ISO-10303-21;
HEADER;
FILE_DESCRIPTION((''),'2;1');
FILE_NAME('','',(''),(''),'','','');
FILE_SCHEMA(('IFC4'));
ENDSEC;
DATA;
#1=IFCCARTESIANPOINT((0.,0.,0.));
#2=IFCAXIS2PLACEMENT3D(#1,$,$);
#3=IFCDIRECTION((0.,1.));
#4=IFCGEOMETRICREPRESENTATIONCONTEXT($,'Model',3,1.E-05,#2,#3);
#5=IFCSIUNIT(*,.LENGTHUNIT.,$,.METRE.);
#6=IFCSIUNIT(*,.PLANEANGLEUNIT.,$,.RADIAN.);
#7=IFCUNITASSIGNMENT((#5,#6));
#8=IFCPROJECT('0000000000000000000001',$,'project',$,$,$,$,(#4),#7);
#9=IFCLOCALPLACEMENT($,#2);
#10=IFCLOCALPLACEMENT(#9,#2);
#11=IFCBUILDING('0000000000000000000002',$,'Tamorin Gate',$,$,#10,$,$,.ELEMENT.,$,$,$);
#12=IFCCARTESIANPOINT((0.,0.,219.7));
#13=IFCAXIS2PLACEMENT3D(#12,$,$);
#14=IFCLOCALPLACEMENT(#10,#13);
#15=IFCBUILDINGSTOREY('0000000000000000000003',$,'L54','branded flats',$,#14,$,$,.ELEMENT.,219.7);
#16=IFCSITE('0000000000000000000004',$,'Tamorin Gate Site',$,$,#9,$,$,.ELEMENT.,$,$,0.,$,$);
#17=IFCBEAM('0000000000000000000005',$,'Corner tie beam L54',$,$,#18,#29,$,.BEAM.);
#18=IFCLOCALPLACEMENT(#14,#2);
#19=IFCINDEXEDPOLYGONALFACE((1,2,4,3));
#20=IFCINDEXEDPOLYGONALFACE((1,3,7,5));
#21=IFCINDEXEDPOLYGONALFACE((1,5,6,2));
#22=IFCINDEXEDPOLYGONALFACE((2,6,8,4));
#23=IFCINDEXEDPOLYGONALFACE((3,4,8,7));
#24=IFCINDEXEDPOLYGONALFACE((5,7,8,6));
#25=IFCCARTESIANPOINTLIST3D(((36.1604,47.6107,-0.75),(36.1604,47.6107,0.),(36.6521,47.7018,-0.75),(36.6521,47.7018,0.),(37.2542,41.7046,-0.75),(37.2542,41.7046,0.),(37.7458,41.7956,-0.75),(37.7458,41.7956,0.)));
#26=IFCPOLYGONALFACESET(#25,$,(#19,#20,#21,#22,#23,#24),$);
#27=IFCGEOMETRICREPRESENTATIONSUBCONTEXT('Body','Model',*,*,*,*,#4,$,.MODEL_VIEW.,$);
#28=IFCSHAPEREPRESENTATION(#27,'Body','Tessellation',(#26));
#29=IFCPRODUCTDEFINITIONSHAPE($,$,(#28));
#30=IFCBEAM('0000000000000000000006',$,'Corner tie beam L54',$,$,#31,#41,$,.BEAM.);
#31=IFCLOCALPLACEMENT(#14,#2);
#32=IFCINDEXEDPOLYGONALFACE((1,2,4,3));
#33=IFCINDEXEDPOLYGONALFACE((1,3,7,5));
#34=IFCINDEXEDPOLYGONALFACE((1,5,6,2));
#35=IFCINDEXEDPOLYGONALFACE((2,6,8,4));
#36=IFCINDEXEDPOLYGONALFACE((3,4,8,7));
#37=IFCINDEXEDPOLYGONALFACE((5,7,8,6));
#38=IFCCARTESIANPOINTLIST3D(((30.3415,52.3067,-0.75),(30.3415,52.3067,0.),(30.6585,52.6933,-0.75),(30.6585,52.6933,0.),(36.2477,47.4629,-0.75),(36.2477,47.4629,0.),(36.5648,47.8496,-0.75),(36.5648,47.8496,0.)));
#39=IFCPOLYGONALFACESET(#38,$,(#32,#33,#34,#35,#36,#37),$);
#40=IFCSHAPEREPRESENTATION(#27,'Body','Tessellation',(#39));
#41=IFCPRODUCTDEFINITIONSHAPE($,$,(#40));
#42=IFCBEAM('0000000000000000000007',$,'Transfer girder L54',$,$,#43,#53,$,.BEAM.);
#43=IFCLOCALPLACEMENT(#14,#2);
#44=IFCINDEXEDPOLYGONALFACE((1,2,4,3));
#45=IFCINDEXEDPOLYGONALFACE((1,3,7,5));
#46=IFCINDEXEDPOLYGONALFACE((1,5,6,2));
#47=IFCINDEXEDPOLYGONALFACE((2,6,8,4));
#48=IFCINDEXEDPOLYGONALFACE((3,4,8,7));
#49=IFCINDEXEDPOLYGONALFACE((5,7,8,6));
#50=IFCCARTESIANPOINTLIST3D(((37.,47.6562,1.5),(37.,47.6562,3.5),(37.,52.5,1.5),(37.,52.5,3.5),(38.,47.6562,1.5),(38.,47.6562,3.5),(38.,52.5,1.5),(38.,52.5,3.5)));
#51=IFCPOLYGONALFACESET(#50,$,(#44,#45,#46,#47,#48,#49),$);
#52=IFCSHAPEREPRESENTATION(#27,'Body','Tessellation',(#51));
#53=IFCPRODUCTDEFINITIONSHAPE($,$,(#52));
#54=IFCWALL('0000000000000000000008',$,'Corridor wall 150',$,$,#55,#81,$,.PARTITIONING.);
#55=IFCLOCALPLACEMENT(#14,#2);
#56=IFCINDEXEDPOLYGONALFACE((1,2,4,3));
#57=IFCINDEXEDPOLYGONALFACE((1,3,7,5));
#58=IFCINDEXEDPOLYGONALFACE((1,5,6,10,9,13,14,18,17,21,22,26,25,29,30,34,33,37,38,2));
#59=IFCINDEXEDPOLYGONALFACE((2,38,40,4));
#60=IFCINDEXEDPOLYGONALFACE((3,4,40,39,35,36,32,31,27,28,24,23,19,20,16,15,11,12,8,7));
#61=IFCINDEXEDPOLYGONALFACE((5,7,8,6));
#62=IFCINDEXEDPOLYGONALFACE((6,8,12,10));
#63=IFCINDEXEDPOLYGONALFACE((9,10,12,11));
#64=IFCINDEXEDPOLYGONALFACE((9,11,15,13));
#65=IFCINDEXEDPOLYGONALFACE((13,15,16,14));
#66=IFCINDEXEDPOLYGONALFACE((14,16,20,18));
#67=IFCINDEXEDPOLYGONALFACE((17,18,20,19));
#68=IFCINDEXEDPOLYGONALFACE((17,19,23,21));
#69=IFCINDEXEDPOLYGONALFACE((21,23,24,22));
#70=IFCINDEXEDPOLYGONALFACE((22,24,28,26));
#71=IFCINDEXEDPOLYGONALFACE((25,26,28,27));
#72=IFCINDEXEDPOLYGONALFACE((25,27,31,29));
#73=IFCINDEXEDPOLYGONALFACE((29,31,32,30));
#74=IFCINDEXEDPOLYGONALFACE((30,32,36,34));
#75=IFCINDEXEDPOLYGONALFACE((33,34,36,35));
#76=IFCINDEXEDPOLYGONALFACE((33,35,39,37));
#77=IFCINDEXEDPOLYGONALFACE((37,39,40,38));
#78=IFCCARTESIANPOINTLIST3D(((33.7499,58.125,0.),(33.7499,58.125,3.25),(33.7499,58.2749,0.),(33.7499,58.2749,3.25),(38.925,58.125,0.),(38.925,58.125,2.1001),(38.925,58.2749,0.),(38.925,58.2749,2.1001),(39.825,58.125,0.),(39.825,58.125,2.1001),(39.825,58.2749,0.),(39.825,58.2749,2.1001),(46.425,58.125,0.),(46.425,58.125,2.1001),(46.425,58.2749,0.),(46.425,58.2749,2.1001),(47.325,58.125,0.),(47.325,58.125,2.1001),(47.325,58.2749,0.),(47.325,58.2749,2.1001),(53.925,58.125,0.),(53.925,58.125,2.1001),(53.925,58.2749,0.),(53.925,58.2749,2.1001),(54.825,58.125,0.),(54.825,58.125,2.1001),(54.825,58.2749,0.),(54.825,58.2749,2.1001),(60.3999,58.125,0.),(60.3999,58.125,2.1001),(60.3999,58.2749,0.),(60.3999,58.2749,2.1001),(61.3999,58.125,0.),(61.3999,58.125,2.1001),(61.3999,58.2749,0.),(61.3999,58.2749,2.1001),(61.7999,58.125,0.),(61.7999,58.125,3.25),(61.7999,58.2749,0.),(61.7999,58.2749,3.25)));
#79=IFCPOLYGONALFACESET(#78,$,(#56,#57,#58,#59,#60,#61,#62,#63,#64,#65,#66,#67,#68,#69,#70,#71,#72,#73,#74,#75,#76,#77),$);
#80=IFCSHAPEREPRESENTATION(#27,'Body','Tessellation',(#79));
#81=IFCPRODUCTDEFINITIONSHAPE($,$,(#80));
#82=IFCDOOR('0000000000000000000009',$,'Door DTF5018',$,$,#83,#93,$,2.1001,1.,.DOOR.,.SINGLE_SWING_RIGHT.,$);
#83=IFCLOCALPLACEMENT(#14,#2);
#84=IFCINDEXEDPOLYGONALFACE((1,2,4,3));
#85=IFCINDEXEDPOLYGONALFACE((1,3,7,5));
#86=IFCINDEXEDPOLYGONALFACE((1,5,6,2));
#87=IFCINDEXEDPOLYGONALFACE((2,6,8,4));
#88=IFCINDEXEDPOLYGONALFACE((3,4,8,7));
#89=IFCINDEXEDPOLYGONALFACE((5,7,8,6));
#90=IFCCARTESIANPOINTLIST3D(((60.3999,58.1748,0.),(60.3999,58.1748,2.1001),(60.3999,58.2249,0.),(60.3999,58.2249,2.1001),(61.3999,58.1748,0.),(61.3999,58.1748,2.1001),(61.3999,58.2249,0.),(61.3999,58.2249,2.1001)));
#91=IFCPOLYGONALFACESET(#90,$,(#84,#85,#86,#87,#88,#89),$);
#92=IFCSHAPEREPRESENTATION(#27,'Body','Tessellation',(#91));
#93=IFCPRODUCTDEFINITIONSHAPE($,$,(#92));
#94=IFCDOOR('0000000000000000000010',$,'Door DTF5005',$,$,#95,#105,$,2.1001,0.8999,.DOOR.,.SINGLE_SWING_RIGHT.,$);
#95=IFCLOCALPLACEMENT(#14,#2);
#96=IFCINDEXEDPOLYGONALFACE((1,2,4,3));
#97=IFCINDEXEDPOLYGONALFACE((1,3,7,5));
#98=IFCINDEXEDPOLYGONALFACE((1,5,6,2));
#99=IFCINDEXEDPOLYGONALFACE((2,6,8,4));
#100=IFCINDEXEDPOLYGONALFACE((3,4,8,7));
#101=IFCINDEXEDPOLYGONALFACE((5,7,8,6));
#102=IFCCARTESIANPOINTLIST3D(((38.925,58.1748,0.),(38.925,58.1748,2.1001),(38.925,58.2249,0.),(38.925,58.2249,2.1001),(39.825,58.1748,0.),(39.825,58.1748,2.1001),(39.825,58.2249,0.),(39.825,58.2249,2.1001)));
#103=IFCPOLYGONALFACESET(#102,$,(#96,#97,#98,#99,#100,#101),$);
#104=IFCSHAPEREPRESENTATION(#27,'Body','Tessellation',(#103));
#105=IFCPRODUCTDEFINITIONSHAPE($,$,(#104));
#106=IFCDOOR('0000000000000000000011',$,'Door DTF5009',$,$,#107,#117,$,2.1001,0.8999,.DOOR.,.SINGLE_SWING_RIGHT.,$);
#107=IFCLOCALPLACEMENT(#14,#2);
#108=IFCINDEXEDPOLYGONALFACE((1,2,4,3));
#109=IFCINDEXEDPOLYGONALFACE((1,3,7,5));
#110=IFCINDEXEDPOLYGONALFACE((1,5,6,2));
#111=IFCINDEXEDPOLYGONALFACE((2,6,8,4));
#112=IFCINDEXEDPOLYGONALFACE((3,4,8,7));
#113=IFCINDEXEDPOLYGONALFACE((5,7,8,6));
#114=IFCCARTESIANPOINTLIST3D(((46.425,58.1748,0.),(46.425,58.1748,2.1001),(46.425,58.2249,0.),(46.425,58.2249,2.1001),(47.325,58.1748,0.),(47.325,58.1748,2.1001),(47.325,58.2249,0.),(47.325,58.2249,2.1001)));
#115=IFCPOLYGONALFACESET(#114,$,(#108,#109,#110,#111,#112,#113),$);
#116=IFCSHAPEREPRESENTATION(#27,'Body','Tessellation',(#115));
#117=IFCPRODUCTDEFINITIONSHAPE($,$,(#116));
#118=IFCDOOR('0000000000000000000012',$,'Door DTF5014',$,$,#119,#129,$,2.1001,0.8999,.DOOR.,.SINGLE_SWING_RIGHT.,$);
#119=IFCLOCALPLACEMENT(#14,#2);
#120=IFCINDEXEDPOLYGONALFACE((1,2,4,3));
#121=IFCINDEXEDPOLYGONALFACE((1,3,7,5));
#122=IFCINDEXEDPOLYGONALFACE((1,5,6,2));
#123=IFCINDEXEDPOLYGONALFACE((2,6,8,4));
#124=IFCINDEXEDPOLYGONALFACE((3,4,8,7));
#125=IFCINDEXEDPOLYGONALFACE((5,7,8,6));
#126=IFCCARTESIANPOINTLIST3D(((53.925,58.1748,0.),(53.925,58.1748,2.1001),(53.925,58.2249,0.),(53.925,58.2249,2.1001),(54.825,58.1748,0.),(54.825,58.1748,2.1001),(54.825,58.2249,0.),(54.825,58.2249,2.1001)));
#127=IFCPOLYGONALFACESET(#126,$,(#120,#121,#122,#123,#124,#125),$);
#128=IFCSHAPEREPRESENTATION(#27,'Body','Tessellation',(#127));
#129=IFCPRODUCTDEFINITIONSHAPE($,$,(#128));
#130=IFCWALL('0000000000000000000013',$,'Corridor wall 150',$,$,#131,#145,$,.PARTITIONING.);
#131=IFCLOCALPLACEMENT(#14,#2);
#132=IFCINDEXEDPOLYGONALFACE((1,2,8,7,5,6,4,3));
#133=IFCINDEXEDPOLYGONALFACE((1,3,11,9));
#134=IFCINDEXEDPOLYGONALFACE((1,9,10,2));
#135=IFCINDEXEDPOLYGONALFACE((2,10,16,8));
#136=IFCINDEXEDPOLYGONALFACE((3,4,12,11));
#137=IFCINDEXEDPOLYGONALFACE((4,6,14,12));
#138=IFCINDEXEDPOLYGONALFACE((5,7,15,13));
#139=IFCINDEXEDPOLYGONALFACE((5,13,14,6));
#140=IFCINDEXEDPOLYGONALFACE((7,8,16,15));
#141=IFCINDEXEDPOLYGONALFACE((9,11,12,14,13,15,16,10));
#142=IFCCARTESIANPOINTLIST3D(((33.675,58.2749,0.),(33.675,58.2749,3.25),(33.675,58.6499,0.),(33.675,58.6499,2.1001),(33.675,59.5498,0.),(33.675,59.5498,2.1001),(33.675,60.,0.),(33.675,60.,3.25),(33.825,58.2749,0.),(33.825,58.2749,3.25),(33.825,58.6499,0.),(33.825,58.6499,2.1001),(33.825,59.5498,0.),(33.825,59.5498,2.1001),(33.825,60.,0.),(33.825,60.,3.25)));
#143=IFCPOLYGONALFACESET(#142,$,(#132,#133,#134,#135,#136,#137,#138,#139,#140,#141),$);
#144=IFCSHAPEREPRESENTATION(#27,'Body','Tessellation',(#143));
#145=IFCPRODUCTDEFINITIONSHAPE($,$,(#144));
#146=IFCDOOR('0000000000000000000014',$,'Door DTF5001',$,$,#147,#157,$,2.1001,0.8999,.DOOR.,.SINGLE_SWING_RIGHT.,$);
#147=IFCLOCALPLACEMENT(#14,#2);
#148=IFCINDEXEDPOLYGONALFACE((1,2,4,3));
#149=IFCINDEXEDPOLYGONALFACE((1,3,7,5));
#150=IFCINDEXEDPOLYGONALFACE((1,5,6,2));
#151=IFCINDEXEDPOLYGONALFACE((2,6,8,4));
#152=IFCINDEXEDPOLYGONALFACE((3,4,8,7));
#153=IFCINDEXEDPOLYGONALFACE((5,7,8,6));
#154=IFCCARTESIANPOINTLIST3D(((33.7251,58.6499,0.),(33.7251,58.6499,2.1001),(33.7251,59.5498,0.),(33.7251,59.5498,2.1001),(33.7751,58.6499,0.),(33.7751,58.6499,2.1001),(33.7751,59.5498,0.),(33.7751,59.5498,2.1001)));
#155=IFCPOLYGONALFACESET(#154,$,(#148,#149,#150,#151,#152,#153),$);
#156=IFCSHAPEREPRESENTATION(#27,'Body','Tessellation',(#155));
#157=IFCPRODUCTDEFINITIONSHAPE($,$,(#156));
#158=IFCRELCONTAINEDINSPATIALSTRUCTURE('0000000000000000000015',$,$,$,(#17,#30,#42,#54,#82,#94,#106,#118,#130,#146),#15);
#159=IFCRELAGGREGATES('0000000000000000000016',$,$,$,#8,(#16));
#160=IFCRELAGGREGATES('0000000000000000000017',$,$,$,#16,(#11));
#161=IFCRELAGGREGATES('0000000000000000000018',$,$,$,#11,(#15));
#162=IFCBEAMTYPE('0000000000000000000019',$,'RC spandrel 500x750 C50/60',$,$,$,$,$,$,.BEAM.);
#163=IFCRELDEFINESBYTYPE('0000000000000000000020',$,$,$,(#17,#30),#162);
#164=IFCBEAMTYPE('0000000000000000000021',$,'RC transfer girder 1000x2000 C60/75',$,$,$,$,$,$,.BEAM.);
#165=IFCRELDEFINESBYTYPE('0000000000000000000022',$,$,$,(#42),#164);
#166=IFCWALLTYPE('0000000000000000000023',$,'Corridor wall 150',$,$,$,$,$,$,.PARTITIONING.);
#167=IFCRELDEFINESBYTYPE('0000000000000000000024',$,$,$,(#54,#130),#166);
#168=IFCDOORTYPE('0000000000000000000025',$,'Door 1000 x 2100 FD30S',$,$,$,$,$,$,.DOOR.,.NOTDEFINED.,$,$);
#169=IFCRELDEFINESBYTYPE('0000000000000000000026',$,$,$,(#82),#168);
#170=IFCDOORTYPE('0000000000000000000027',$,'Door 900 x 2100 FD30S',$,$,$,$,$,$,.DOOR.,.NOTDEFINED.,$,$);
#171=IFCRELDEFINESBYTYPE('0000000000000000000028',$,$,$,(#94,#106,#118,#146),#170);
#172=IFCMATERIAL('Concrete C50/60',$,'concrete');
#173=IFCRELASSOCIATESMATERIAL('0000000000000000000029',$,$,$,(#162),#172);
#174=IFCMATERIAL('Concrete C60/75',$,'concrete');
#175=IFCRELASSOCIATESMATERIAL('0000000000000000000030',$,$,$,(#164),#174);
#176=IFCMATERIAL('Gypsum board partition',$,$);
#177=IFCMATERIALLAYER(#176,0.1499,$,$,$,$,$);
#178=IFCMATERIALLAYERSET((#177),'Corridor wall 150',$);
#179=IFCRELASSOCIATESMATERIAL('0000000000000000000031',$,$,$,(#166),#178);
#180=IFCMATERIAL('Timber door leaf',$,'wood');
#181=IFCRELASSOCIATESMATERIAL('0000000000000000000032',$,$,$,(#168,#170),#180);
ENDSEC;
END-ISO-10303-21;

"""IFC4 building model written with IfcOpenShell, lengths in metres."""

from ifc_helpers import new_model, si_unit, direction, frame, frame_2d, origin, origin_2d, place, context, subcontext, project, spatial, rectangle, extrude, material, layer, layer_set, material_profile, profile_set, type_object, element, fill, save


model = new_model("IFC4")

# Units and contexts
model_context = context("Model", 3, precision=1e-05, world=origin(), true_north=direction((0.0, 1.0)))
body_context = subcontext(model_context, "Body", "Model", "MODEL_VIEW")
ifc_project = project(units=[si_unit("LENGTHUNIT", "METRE"), si_unit("PLANEANGLEUNIT", "RADIAN")], contexts=[model_context])

# Site, building, storey
site_placement = place(None, origin())
site = spatial("IfcSite", under=ifc_project, at=site_placement, Name="Tamorin Gate Site", CompositionType="ELEMENT", RefElevation=0.0)
building_placement = place(site_placement, origin())
building = spatial("IfcBuilding", under=site, at=building_placement, Name="Tamorin Gate", CompositionType="ELEMENT")
storey_placement = place(building_placement, frame((0.0, 0.0, 219.7)))
storey = spatial("IfcBuildingStorey", under=building, at=storey_placement, Name="L54", Description="branded flats", CompositionType="ELEMENT", Elevation=219.7)

# Beams
ifc_material_1 = material(Name="Concrete C50/60", Category="concrete")
ifc_material_profile_1 = material_profile(ifc_material_1, rectangle(XDim=0.5, YDim=0.75, at=origin_2d()), Name="RC 500x750")
ifc_profile_set_1 = profile_set([ifc_material_profile_1], Name="Concrete C50/60")
beam_type_1 = type_object("IfcBeamType", Name="RC spandrel 500x750 C50/60", PredefinedType="BEAM", material=ifc_profile_set_1)
beam_1_placement = place(storey_placement, frame((36.4062, 47.6562, -0.375), z_axis=(0.182089, -0.983282, 0.0), x_axis=(0.983282, 0.182089, 0.0)))
element("IfcBeam", 1, at=beam_1_placement, inside=storey, type_object=beam_type_1, Name="Corner tie beam L54", PredefinedType="BEAM", context=body_context, shape_type="SweptSolid", body=[
    extrude(rectangle(XDim=0.5, YDim=0.75, at=origin_2d()), origin(), (0.0, 0.0, 1.0), 6.0066),
])
beam_2_placement = place(storey_placement, frame((36.4062, 47.6562, -0.375), z_axis=(-0.773228, 0.634129, 0.0), x_axis=(-0.634129, -0.773228, 0.0)))
element("IfcBeam", 2, at=beam_2_placement, inside=storey, type_object=beam_type_1, Name="Corner tie beam L54", PredefinedType="BEAM", context=body_context, shape_type="SweptSolid", body=[
    extrude(rectangle(XDim=0.5, YDim=0.75, at=origin_2d()), origin(), (0.0, 0.0, 1.0), 7.6384),
])
ifc_material_2 = material(Name="Concrete C60/75", Category="concrete")
ifc_material_profile_2 = material_profile(ifc_material_2, rectangle(XDim=1.0, YDim=2.0, at=origin_2d()), Name="RC 1000x2000")
ifc_profile_set_2 = profile_set([ifc_material_profile_2], Name="Concrete C60/75")
beam_type_2 = type_object("IfcBeamType", Name="RC transfer girder 1000x2000 C60/75", PredefinedType="BEAM", material=ifc_profile_set_2)
beam_3_placement = place(storey_placement, frame((37.5, 47.6562, 2.5), z_axis=(0.0, 1.0, 0.0), x_axis=(-1.0, 0.0, 0.0)))
element("IfcBeam", 3, at=beam_3_placement, inside=storey, type_object=beam_type_2, Name="Transfer girder L54", PredefinedType="BEAM", context=body_context, shape_type="SweptSolid", body=[
    extrude(rectangle(XDim=1.0, YDim=2.0, at=origin_2d()), origin(), (0.0, 0.0, 1.0), 4.8438),
])

# Wall, openings, doors
ifc_material_3 = material(Name="Gypsum board partition")
ifc_layer_1 = layer(ifc_material_3, 0.1499)
ifc_layer_set_1 = layer_set([ifc_layer_1], Name="Corridor wall 150")
wall_type_1 = type_object("IfcWallType", Name="Corridor wall 150", PredefinedType="PARTITIONING", material=ifc_layer_set_1)
wall_1_placement = place(storey_placement, frame((33.75, 58.2, 0.0), z_axis=(0.0, 0.0, 1.0), x_axis=(1.0, 0.0, 0.0)))
wall_1 = element("IfcWall", 4, at=wall_1_placement, inside=storey, type_object=wall_type_1, Name="Corridor wall 150", PredefinedType="PARTITIONING", context=body_context, shape_type="SweptSolid", body=[
    extrude(rectangle(XDim=28.05, YDim=0.1499, at=frame_2d((14.0249, 0.0))), origin(), (0.0, 0.0, 1.0), 3.25),
])
opening_1_placement = place(wall_1_placement, frame((5.175, 0.0, 0.0)))
opening_1 = element("IfcOpeningElement", 5, at=opening_1_placement, cuts=wall_1, PredefinedType="OPENING", context=body_context, shape_type="SweptSolid", body=[
    extrude(rectangle(XDim=0.8999, YDim=2.1001, at=frame_2d((0.45, 1.05))), frame((0.0, 0.085, 0.0), z_axis=(0.0, -1.0, 0.0), x_axis=(1.0, 0.0, 0.0)), (0.0, 0.0, 1.0), 0.1699),
])
opening_2_placement = place(wall_1_placement, frame((12.675, 0.0, 0.0)))
opening_2 = element("IfcOpeningElement", 6, at=opening_2_placement, cuts=wall_1, PredefinedType="OPENING", context=body_context, shape_type="SweptSolid", body=[
    extrude(rectangle(XDim=0.8999, YDim=2.1001, at=frame_2d((0.45, 1.05))), frame((0.0, 0.085, 0.0), z_axis=(0.0, -1.0, 0.0), x_axis=(1.0, 0.0, 0.0)), (0.0, 0.0, 1.0), 0.1699),
])
opening_3_placement = place(wall_1_placement, frame((20.175, 0.0, 0.0)))
opening_3 = element("IfcOpeningElement", 7, at=opening_3_placement, cuts=wall_1, PredefinedType="OPENING", context=body_context, shape_type="SweptSolid", body=[
    extrude(rectangle(XDim=0.8999, YDim=2.1001, at=frame_2d((0.45, 1.05))), frame((0.0, 0.085, 0.0), z_axis=(0.0, -1.0, 0.0), x_axis=(1.0, 0.0, 0.0)), (0.0, 0.0, 1.0), 0.1699),
])
opening_4_placement = place(wall_1_placement, frame((26.6499, 0.0, 0.0)))
opening_4 = element("IfcOpeningElement", 8, at=opening_4_placement, cuts=wall_1, PredefinedType="OPENING", context=body_context, shape_type="SweptSolid", body=[
    extrude(rectangle(XDim=1.0, YDim=2.1001, at=frame_2d((0.5, 1.05))), frame((0.0, 0.085, 0.0), z_axis=(0.0, -1.0, 0.0), x_axis=(1.0, 0.0, 0.0)), (0.0, 0.0, 1.0), 0.1699),
])
ifc_material_4 = material(Name="Timber door leaf", Category="wood")
door_type_1 = type_object("IfcDoorType", Name="Door 1000 x 2100 FD30S", OperationType="NOTDEFINED", PredefinedType="DOOR", material=ifc_material_4)
door_1_placement = place(opening_4_placement, origin())
door_1 = element("IfcDoor", 9, at=door_1_placement, inside=storey, type_object=door_type_1, Name="Door DTF5018", OperationType="SINGLE_SWING_RIGHT", OverallHeight=2.1001, OverallWidth=1.0, PredefinedType="DOOR", context=body_context, shape_type="SweptSolid", body=[
    extrude(rectangle(XDim=1.0, YDim=2.1001, at=frame_2d((0.5, 1.05))), frame((0.0, 0.0249, 0.0), z_axis=(0.0, -1.0, 0.0), x_axis=(1.0, 0.0, 0.0)), (0.0, 0.0, 1.0), 0.05),
])
fill(opening_4, door_1)
door_type_2 = type_object("IfcDoorType", Name="Door 900 x 2100 FD30S", OperationType="NOTDEFINED", PredefinedType="DOOR", material=ifc_material_4)
door_2_placement = place(opening_1_placement, origin())
door_2 = element("IfcDoor", 10, at=door_2_placement, inside=storey, type_object=door_type_2, Name="Door DTF5005", OperationType="SINGLE_SWING_RIGHT", OverallHeight=2.1001, OverallWidth=0.8999, PredefinedType="DOOR", context=body_context, shape_type="SweptSolid", body=[
    extrude(rectangle(XDim=0.8999, YDim=2.1001, at=frame_2d((0.45, 1.05))), frame((0.0, 0.0249, 0.0), z_axis=(0.0, -1.0, 0.0), x_axis=(1.0, 0.0, 0.0)), (0.0, 0.0, 1.0), 0.05),
])
fill(opening_1, door_2)
door_3_placement = place(opening_2_placement, origin())
door_3 = element("IfcDoor", 11, at=door_3_placement, inside=storey, type_object=door_type_2, Name="Door DTF5009", OperationType="SINGLE_SWING_RIGHT", OverallHeight=2.1001, OverallWidth=0.8999, PredefinedType="DOOR", context=body_context, shape_type="SweptSolid", body=[
    extrude(rectangle(XDim=0.8999, YDim=2.1001, at=frame_2d((0.45, 1.05))), frame((0.0, 0.0249, 0.0), z_axis=(0.0, -1.0, 0.0), x_axis=(1.0, 0.0, 0.0)), (0.0, 0.0, 1.0), 0.05),
])
fill(opening_2, door_3)
door_4_placement = place(opening_3_placement, origin())
door_4 = element("IfcDoor", 12, at=door_4_placement, inside=storey, type_object=door_type_2, Name="Door DTF5014", OperationType="SINGLE_SWING_RIGHT", OverallHeight=2.1001, OverallWidth=0.8999, PredefinedType="DOOR", context=body_context, shape_type="SweptSolid", body=[
    extrude(rectangle(XDim=0.8999, YDim=2.1001, at=frame_2d((0.45, 1.05))), frame((0.0, 0.0249, 0.0), z_axis=(0.0, -1.0, 0.0), x_axis=(1.0, 0.0, 0.0)), (0.0, 0.0, 1.0), 0.05),
])
fill(opening_3, door_4)

# Wall, opening, door
wall_2_placement = place(storey_placement, frame((33.75, 58.2749, 0.0), z_axis=(0.0, 0.0, 1.0), x_axis=(0.0, 1.0, 0.0)))
wall_2 = element("IfcWall", 13, at=wall_2_placement, inside=storey, type_object=wall_type_1, Name="Corridor wall 150", PredefinedType="PARTITIONING", context=body_context, shape_type="SweptSolid", body=[
    extrude(rectangle(XDim=1.7251, YDim=0.1499, at=frame_2d((0.8625, 0.0))), origin(), (0.0, 0.0, 1.0), 3.25),
])
opening_5_placement = place(wall_2_placement, frame((0.375, 0.0, 0.0)))
opening_5 = element("IfcOpeningElement", 14, at=opening_5_placement, cuts=wall_2, PredefinedType="OPENING", context=body_context, shape_type="SweptSolid", body=[
    extrude(rectangle(XDim=0.8999, YDim=2.1001, at=frame_2d((0.45, 1.05))), frame((0.0, 0.085, 0.0), z_axis=(0.0, -1.0, 0.0), x_axis=(1.0, 0.0, 0.0)), (0.0, 0.0, 1.0), 0.1699),
])
door_5_placement = place(opening_5_placement, origin())
door_5 = element("IfcDoor", 15, at=door_5_placement, inside=storey, type_object=door_type_2, Name="Door DTF5001", OperationType="SINGLE_SWING_RIGHT", OverallHeight=2.1001, OverallWidth=0.8999, PredefinedType="DOOR", context=body_context, shape_type="SweptSolid", body=[
    extrude(rectangle(XDim=0.8999, YDim=2.1001, at=frame_2d((0.45, 1.05))), frame((0.0, 0.0249, 0.0), z_axis=(0.0, -1.0, 0.0), x_axis=(1.0, 0.0, 0.0)), (0.0, 0.0, 1.0), 0.05),
])
fill(opening_5, door_5)

save(model, "model.ifc")
